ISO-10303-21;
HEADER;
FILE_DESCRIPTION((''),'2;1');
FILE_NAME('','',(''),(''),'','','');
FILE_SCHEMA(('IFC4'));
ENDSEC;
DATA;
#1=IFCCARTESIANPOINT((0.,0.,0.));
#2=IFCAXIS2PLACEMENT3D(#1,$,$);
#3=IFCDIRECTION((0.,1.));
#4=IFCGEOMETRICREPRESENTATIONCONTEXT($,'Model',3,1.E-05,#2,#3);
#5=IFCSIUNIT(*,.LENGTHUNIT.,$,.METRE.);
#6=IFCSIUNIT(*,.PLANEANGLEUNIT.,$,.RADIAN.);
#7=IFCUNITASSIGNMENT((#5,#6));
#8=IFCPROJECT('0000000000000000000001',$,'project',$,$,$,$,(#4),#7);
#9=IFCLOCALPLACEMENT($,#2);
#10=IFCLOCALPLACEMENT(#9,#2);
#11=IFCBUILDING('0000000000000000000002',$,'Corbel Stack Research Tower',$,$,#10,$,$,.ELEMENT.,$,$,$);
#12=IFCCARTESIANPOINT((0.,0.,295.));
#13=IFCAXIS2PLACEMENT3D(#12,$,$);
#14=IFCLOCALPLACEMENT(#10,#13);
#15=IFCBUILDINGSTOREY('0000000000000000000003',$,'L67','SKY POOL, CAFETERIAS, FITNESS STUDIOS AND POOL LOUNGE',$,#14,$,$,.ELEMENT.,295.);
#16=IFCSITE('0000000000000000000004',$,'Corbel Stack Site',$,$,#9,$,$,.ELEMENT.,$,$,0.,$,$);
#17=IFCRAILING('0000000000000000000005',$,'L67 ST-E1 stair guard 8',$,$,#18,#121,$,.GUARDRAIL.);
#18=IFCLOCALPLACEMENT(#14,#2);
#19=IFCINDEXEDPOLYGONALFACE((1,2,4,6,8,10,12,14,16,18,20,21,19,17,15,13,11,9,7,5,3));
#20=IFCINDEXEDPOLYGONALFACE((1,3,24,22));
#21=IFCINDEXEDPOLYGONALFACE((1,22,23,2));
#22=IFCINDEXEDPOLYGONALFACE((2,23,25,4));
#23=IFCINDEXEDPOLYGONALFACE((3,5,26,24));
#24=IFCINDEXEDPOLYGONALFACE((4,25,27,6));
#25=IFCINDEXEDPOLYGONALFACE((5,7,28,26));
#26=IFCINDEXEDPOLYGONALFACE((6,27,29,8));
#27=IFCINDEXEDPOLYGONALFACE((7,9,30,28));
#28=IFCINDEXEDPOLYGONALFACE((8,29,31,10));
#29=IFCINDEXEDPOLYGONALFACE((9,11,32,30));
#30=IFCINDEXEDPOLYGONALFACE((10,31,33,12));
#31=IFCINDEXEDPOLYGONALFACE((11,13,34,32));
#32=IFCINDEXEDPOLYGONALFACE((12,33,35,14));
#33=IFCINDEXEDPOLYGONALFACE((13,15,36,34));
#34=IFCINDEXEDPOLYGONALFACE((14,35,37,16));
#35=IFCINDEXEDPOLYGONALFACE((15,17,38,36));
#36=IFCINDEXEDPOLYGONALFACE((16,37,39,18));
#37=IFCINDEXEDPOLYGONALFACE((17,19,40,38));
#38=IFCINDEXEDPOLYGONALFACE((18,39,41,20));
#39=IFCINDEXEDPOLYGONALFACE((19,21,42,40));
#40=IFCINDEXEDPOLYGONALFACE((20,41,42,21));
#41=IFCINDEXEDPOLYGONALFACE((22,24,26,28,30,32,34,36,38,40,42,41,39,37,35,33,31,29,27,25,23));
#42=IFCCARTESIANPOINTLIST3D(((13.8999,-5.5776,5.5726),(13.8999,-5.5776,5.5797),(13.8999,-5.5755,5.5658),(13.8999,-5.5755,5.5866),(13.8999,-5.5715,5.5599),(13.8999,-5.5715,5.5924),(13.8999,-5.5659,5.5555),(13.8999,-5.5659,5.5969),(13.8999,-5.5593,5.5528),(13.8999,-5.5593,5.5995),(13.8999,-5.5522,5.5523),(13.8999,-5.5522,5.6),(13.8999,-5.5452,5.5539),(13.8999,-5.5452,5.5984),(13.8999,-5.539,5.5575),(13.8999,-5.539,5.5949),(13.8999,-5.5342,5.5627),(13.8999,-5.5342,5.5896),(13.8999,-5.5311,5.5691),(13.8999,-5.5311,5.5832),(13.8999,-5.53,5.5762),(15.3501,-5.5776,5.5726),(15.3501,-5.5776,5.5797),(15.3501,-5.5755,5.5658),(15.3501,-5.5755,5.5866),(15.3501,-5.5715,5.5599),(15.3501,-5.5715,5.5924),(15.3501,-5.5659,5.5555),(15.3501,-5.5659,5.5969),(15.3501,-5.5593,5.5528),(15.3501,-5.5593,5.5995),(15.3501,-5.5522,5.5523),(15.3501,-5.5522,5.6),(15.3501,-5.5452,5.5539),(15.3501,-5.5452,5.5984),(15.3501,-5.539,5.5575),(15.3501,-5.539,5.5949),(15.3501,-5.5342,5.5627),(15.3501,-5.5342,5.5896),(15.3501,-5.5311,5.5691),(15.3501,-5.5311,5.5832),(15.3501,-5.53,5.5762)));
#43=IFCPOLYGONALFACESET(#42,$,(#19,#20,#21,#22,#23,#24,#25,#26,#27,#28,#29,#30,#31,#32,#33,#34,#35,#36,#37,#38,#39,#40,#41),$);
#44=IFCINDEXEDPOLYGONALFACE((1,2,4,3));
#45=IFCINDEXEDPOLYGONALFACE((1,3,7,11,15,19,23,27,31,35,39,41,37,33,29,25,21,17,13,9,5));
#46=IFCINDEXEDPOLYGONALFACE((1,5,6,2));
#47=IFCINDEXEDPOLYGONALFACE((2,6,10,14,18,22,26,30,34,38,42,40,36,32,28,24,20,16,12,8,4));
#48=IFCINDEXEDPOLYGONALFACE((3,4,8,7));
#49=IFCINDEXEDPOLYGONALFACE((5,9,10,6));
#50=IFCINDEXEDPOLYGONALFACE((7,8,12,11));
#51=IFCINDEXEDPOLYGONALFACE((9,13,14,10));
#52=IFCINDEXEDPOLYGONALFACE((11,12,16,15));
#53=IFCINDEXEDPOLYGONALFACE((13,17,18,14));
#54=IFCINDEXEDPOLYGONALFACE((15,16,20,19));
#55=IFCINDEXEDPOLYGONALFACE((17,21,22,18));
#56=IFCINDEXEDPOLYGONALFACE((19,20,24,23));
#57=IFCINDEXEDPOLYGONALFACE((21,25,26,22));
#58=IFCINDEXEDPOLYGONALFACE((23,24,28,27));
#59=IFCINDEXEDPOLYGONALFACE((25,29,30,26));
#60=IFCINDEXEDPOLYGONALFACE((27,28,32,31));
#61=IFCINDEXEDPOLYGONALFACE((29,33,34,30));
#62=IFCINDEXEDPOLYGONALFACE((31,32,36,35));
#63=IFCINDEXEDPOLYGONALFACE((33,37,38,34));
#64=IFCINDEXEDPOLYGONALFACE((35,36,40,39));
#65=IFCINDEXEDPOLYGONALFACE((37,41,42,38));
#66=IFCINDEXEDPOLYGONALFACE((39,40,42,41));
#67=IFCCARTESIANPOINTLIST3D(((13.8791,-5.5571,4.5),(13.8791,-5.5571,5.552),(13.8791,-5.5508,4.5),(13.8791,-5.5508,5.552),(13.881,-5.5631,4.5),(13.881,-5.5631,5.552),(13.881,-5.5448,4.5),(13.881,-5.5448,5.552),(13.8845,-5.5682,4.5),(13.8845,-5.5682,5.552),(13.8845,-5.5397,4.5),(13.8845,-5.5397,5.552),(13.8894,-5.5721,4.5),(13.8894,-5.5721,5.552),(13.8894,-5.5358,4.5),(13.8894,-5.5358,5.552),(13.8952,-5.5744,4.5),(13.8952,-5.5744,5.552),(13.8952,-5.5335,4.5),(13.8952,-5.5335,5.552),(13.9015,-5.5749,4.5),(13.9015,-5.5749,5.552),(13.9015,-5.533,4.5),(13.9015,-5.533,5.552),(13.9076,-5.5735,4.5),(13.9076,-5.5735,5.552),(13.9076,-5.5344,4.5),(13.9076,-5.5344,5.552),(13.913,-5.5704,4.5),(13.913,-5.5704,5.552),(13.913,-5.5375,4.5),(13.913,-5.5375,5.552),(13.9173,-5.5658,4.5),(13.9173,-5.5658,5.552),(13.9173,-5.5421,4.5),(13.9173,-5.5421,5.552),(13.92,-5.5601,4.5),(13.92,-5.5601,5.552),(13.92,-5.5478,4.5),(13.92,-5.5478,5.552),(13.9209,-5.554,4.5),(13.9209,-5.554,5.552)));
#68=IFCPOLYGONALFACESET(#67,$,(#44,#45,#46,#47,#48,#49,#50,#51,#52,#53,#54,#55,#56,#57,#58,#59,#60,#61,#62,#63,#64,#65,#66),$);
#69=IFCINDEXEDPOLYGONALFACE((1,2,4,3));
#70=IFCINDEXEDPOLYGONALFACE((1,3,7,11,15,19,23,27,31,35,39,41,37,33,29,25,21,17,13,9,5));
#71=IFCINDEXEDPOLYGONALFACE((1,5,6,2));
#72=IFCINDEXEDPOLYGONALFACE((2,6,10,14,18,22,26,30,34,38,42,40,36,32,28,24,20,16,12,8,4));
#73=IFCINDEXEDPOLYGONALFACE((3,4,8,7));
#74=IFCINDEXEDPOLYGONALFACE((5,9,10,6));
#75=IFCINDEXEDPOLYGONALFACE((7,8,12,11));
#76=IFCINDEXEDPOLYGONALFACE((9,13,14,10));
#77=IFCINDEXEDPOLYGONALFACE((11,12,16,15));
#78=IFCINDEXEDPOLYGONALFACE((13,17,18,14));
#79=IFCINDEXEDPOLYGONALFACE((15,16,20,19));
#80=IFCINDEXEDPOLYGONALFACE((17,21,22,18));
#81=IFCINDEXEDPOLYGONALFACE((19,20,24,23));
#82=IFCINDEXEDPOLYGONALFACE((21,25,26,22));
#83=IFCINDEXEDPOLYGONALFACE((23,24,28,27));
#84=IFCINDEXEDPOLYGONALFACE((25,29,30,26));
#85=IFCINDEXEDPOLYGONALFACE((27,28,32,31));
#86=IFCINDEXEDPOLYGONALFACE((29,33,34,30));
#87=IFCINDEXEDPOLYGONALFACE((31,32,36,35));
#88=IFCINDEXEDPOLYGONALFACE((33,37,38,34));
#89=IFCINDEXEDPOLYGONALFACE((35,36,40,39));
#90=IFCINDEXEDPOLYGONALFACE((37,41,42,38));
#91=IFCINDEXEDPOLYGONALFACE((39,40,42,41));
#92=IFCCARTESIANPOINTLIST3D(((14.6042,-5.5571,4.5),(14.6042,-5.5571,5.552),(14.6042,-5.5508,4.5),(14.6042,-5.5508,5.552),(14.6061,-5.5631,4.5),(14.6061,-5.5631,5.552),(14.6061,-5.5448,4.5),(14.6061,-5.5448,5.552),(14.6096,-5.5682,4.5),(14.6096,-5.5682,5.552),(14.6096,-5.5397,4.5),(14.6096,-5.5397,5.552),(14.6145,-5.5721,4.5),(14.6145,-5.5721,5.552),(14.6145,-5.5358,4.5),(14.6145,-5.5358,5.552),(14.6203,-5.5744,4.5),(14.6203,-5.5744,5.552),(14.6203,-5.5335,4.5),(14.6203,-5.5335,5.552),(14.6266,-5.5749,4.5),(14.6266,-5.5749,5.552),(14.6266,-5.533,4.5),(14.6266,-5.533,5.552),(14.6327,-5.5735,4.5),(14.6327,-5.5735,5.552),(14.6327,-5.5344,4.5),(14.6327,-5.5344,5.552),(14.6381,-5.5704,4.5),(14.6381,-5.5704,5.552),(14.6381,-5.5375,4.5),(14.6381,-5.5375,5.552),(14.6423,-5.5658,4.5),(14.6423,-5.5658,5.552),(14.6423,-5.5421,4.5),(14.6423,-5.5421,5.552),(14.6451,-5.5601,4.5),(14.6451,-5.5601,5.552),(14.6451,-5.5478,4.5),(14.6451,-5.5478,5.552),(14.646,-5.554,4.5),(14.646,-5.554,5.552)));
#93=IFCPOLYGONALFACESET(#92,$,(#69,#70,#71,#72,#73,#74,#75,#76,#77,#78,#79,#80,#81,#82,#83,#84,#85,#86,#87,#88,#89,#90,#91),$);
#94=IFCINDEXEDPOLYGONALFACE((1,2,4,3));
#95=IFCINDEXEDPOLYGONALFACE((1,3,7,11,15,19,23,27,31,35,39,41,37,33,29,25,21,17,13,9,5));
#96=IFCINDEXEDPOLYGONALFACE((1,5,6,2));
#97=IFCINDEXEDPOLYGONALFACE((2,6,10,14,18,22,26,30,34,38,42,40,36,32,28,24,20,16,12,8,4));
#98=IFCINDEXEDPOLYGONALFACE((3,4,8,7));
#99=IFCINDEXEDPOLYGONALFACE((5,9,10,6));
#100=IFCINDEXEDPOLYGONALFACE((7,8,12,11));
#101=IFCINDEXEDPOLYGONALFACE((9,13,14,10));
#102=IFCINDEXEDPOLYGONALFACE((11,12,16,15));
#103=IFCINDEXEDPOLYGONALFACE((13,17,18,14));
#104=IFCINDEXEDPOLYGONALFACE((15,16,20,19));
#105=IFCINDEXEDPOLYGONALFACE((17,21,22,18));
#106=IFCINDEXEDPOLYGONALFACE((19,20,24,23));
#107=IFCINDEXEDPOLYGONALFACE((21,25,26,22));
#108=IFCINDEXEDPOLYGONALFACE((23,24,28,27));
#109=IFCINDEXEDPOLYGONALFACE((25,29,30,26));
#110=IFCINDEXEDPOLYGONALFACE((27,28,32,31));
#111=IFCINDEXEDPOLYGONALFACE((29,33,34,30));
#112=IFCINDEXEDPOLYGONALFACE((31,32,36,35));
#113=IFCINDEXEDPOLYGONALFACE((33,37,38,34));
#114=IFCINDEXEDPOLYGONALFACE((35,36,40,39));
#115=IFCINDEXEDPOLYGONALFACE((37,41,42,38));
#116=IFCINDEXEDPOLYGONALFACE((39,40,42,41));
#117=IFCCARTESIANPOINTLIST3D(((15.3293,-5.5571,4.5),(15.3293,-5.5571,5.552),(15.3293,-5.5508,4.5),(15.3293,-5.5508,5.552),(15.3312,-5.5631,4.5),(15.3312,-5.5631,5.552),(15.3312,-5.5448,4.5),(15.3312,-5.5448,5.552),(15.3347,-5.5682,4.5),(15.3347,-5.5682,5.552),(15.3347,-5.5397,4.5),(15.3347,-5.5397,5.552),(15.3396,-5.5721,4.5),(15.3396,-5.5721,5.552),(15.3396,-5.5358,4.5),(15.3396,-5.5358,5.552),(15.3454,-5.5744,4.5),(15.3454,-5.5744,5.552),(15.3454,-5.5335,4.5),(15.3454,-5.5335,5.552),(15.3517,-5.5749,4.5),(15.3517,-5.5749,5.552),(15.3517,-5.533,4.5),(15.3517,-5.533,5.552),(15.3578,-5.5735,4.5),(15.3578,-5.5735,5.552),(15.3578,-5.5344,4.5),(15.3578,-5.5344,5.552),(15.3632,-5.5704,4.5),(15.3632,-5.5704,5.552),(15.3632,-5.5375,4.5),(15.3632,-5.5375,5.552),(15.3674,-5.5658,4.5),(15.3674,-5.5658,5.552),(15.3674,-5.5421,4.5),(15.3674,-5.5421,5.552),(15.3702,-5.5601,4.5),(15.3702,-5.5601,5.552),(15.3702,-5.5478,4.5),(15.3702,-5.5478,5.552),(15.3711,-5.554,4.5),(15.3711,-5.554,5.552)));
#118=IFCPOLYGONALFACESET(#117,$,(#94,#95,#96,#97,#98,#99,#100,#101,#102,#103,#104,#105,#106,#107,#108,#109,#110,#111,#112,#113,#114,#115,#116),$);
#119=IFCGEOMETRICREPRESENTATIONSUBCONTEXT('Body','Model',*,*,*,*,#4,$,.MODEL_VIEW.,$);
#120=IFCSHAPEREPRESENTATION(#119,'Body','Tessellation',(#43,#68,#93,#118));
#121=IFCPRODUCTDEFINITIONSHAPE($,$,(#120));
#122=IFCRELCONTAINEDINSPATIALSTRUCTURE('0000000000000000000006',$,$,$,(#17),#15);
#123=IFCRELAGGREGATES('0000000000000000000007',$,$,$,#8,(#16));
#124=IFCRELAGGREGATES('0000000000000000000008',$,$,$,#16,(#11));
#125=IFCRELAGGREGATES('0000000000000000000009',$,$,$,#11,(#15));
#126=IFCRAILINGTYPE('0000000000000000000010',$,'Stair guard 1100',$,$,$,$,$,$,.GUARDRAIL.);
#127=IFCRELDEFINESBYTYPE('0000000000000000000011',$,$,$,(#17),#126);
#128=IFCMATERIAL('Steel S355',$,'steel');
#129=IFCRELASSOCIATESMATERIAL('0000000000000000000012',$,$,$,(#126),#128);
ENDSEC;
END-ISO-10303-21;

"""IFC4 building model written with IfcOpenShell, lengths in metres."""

from ifc_helpers import new_model, si_unit, direction, frame, origin, origin_2d, place, context, subcontext, project, spatial, circle, extrude, material, type_object, element, save


model = new_model("IFC4")

# Units and contexts
model_context = context("Model", 3, precision=1e-05, world=origin(), true_north=direction((0.0, 1.0)))
body_context = subcontext(model_context, "Body", "Model", "MODEL_VIEW")
ifc_project = project(units=[si_unit("LENGTHUNIT", "METRE"), si_unit("PLANEANGLEUNIT", "RADIAN")], contexts=[model_context])

# Site, building, storey
site_placement = place(None, origin())
site = spatial("IfcSite", under=ifc_project, at=site_placement, Name="Corbel Stack Site", CompositionType="ELEMENT", RefElevation=0.0)
building_placement = place(site_placement, origin())
building = spatial("IfcBuilding", under=site, at=building_placement, Name="Corbel Stack Research Tower", CompositionType="ELEMENT")
storey_placement = place(building_placement, frame((0.0, 0.0, 295.0)))
storey = spatial("IfcBuildingStorey", under=building, at=storey_placement, Name="L67", Description="SKY POOL, CAFETERIAS, FITNESS STUDIOS AND POOL LOUNGE", CompositionType="ELEMENT", Elevation=295.0)

# Railing
ifc_material_1 = material(Name="Steel S355", Category="steel")
railing_type_1 = type_object("IfcRailingType", Name="Stair guard 1100", PredefinedType="GUARDRAIL", material=ifc_material_1)
railing_1_placement = place(storey_placement, frame((13.8999, -5.554, 4.5)))
element("IfcRailing", 1, at=railing_1_placement, inside=storey, type_object=railing_type_1, Name="L67 ST-E1 stair guard 8", PredefinedType="GUARDRAIL", context=body_context, shape_type="SweptSolid", body=[
    extrude(circle(Radius=0.0239, at=origin_2d()), frame((0.0, 0.0, 1.0762), z_axis=(1.0, 0.0, 0.0), x_axis=(0.0, 1.0, 0.0)), (0.0, 0.0, 1.0), 1.4502),
    extrude(circle(Radius=0.021, at=origin_2d()), origin(), (0.0, 0.0, 1.0), 1.052),
    extrude(circle(Radius=0.021, at=origin_2d()), frame((0.7251, 0.0, 0.0)), (0.0, 0.0, 1.0), 1.052),
    extrude(circle(Radius=0.021, at=origin_2d()), frame((1.4502, 0.0, 0.0)), (0.0, 0.0, 1.0), 1.052),
])

save(model, "model.ifc")
